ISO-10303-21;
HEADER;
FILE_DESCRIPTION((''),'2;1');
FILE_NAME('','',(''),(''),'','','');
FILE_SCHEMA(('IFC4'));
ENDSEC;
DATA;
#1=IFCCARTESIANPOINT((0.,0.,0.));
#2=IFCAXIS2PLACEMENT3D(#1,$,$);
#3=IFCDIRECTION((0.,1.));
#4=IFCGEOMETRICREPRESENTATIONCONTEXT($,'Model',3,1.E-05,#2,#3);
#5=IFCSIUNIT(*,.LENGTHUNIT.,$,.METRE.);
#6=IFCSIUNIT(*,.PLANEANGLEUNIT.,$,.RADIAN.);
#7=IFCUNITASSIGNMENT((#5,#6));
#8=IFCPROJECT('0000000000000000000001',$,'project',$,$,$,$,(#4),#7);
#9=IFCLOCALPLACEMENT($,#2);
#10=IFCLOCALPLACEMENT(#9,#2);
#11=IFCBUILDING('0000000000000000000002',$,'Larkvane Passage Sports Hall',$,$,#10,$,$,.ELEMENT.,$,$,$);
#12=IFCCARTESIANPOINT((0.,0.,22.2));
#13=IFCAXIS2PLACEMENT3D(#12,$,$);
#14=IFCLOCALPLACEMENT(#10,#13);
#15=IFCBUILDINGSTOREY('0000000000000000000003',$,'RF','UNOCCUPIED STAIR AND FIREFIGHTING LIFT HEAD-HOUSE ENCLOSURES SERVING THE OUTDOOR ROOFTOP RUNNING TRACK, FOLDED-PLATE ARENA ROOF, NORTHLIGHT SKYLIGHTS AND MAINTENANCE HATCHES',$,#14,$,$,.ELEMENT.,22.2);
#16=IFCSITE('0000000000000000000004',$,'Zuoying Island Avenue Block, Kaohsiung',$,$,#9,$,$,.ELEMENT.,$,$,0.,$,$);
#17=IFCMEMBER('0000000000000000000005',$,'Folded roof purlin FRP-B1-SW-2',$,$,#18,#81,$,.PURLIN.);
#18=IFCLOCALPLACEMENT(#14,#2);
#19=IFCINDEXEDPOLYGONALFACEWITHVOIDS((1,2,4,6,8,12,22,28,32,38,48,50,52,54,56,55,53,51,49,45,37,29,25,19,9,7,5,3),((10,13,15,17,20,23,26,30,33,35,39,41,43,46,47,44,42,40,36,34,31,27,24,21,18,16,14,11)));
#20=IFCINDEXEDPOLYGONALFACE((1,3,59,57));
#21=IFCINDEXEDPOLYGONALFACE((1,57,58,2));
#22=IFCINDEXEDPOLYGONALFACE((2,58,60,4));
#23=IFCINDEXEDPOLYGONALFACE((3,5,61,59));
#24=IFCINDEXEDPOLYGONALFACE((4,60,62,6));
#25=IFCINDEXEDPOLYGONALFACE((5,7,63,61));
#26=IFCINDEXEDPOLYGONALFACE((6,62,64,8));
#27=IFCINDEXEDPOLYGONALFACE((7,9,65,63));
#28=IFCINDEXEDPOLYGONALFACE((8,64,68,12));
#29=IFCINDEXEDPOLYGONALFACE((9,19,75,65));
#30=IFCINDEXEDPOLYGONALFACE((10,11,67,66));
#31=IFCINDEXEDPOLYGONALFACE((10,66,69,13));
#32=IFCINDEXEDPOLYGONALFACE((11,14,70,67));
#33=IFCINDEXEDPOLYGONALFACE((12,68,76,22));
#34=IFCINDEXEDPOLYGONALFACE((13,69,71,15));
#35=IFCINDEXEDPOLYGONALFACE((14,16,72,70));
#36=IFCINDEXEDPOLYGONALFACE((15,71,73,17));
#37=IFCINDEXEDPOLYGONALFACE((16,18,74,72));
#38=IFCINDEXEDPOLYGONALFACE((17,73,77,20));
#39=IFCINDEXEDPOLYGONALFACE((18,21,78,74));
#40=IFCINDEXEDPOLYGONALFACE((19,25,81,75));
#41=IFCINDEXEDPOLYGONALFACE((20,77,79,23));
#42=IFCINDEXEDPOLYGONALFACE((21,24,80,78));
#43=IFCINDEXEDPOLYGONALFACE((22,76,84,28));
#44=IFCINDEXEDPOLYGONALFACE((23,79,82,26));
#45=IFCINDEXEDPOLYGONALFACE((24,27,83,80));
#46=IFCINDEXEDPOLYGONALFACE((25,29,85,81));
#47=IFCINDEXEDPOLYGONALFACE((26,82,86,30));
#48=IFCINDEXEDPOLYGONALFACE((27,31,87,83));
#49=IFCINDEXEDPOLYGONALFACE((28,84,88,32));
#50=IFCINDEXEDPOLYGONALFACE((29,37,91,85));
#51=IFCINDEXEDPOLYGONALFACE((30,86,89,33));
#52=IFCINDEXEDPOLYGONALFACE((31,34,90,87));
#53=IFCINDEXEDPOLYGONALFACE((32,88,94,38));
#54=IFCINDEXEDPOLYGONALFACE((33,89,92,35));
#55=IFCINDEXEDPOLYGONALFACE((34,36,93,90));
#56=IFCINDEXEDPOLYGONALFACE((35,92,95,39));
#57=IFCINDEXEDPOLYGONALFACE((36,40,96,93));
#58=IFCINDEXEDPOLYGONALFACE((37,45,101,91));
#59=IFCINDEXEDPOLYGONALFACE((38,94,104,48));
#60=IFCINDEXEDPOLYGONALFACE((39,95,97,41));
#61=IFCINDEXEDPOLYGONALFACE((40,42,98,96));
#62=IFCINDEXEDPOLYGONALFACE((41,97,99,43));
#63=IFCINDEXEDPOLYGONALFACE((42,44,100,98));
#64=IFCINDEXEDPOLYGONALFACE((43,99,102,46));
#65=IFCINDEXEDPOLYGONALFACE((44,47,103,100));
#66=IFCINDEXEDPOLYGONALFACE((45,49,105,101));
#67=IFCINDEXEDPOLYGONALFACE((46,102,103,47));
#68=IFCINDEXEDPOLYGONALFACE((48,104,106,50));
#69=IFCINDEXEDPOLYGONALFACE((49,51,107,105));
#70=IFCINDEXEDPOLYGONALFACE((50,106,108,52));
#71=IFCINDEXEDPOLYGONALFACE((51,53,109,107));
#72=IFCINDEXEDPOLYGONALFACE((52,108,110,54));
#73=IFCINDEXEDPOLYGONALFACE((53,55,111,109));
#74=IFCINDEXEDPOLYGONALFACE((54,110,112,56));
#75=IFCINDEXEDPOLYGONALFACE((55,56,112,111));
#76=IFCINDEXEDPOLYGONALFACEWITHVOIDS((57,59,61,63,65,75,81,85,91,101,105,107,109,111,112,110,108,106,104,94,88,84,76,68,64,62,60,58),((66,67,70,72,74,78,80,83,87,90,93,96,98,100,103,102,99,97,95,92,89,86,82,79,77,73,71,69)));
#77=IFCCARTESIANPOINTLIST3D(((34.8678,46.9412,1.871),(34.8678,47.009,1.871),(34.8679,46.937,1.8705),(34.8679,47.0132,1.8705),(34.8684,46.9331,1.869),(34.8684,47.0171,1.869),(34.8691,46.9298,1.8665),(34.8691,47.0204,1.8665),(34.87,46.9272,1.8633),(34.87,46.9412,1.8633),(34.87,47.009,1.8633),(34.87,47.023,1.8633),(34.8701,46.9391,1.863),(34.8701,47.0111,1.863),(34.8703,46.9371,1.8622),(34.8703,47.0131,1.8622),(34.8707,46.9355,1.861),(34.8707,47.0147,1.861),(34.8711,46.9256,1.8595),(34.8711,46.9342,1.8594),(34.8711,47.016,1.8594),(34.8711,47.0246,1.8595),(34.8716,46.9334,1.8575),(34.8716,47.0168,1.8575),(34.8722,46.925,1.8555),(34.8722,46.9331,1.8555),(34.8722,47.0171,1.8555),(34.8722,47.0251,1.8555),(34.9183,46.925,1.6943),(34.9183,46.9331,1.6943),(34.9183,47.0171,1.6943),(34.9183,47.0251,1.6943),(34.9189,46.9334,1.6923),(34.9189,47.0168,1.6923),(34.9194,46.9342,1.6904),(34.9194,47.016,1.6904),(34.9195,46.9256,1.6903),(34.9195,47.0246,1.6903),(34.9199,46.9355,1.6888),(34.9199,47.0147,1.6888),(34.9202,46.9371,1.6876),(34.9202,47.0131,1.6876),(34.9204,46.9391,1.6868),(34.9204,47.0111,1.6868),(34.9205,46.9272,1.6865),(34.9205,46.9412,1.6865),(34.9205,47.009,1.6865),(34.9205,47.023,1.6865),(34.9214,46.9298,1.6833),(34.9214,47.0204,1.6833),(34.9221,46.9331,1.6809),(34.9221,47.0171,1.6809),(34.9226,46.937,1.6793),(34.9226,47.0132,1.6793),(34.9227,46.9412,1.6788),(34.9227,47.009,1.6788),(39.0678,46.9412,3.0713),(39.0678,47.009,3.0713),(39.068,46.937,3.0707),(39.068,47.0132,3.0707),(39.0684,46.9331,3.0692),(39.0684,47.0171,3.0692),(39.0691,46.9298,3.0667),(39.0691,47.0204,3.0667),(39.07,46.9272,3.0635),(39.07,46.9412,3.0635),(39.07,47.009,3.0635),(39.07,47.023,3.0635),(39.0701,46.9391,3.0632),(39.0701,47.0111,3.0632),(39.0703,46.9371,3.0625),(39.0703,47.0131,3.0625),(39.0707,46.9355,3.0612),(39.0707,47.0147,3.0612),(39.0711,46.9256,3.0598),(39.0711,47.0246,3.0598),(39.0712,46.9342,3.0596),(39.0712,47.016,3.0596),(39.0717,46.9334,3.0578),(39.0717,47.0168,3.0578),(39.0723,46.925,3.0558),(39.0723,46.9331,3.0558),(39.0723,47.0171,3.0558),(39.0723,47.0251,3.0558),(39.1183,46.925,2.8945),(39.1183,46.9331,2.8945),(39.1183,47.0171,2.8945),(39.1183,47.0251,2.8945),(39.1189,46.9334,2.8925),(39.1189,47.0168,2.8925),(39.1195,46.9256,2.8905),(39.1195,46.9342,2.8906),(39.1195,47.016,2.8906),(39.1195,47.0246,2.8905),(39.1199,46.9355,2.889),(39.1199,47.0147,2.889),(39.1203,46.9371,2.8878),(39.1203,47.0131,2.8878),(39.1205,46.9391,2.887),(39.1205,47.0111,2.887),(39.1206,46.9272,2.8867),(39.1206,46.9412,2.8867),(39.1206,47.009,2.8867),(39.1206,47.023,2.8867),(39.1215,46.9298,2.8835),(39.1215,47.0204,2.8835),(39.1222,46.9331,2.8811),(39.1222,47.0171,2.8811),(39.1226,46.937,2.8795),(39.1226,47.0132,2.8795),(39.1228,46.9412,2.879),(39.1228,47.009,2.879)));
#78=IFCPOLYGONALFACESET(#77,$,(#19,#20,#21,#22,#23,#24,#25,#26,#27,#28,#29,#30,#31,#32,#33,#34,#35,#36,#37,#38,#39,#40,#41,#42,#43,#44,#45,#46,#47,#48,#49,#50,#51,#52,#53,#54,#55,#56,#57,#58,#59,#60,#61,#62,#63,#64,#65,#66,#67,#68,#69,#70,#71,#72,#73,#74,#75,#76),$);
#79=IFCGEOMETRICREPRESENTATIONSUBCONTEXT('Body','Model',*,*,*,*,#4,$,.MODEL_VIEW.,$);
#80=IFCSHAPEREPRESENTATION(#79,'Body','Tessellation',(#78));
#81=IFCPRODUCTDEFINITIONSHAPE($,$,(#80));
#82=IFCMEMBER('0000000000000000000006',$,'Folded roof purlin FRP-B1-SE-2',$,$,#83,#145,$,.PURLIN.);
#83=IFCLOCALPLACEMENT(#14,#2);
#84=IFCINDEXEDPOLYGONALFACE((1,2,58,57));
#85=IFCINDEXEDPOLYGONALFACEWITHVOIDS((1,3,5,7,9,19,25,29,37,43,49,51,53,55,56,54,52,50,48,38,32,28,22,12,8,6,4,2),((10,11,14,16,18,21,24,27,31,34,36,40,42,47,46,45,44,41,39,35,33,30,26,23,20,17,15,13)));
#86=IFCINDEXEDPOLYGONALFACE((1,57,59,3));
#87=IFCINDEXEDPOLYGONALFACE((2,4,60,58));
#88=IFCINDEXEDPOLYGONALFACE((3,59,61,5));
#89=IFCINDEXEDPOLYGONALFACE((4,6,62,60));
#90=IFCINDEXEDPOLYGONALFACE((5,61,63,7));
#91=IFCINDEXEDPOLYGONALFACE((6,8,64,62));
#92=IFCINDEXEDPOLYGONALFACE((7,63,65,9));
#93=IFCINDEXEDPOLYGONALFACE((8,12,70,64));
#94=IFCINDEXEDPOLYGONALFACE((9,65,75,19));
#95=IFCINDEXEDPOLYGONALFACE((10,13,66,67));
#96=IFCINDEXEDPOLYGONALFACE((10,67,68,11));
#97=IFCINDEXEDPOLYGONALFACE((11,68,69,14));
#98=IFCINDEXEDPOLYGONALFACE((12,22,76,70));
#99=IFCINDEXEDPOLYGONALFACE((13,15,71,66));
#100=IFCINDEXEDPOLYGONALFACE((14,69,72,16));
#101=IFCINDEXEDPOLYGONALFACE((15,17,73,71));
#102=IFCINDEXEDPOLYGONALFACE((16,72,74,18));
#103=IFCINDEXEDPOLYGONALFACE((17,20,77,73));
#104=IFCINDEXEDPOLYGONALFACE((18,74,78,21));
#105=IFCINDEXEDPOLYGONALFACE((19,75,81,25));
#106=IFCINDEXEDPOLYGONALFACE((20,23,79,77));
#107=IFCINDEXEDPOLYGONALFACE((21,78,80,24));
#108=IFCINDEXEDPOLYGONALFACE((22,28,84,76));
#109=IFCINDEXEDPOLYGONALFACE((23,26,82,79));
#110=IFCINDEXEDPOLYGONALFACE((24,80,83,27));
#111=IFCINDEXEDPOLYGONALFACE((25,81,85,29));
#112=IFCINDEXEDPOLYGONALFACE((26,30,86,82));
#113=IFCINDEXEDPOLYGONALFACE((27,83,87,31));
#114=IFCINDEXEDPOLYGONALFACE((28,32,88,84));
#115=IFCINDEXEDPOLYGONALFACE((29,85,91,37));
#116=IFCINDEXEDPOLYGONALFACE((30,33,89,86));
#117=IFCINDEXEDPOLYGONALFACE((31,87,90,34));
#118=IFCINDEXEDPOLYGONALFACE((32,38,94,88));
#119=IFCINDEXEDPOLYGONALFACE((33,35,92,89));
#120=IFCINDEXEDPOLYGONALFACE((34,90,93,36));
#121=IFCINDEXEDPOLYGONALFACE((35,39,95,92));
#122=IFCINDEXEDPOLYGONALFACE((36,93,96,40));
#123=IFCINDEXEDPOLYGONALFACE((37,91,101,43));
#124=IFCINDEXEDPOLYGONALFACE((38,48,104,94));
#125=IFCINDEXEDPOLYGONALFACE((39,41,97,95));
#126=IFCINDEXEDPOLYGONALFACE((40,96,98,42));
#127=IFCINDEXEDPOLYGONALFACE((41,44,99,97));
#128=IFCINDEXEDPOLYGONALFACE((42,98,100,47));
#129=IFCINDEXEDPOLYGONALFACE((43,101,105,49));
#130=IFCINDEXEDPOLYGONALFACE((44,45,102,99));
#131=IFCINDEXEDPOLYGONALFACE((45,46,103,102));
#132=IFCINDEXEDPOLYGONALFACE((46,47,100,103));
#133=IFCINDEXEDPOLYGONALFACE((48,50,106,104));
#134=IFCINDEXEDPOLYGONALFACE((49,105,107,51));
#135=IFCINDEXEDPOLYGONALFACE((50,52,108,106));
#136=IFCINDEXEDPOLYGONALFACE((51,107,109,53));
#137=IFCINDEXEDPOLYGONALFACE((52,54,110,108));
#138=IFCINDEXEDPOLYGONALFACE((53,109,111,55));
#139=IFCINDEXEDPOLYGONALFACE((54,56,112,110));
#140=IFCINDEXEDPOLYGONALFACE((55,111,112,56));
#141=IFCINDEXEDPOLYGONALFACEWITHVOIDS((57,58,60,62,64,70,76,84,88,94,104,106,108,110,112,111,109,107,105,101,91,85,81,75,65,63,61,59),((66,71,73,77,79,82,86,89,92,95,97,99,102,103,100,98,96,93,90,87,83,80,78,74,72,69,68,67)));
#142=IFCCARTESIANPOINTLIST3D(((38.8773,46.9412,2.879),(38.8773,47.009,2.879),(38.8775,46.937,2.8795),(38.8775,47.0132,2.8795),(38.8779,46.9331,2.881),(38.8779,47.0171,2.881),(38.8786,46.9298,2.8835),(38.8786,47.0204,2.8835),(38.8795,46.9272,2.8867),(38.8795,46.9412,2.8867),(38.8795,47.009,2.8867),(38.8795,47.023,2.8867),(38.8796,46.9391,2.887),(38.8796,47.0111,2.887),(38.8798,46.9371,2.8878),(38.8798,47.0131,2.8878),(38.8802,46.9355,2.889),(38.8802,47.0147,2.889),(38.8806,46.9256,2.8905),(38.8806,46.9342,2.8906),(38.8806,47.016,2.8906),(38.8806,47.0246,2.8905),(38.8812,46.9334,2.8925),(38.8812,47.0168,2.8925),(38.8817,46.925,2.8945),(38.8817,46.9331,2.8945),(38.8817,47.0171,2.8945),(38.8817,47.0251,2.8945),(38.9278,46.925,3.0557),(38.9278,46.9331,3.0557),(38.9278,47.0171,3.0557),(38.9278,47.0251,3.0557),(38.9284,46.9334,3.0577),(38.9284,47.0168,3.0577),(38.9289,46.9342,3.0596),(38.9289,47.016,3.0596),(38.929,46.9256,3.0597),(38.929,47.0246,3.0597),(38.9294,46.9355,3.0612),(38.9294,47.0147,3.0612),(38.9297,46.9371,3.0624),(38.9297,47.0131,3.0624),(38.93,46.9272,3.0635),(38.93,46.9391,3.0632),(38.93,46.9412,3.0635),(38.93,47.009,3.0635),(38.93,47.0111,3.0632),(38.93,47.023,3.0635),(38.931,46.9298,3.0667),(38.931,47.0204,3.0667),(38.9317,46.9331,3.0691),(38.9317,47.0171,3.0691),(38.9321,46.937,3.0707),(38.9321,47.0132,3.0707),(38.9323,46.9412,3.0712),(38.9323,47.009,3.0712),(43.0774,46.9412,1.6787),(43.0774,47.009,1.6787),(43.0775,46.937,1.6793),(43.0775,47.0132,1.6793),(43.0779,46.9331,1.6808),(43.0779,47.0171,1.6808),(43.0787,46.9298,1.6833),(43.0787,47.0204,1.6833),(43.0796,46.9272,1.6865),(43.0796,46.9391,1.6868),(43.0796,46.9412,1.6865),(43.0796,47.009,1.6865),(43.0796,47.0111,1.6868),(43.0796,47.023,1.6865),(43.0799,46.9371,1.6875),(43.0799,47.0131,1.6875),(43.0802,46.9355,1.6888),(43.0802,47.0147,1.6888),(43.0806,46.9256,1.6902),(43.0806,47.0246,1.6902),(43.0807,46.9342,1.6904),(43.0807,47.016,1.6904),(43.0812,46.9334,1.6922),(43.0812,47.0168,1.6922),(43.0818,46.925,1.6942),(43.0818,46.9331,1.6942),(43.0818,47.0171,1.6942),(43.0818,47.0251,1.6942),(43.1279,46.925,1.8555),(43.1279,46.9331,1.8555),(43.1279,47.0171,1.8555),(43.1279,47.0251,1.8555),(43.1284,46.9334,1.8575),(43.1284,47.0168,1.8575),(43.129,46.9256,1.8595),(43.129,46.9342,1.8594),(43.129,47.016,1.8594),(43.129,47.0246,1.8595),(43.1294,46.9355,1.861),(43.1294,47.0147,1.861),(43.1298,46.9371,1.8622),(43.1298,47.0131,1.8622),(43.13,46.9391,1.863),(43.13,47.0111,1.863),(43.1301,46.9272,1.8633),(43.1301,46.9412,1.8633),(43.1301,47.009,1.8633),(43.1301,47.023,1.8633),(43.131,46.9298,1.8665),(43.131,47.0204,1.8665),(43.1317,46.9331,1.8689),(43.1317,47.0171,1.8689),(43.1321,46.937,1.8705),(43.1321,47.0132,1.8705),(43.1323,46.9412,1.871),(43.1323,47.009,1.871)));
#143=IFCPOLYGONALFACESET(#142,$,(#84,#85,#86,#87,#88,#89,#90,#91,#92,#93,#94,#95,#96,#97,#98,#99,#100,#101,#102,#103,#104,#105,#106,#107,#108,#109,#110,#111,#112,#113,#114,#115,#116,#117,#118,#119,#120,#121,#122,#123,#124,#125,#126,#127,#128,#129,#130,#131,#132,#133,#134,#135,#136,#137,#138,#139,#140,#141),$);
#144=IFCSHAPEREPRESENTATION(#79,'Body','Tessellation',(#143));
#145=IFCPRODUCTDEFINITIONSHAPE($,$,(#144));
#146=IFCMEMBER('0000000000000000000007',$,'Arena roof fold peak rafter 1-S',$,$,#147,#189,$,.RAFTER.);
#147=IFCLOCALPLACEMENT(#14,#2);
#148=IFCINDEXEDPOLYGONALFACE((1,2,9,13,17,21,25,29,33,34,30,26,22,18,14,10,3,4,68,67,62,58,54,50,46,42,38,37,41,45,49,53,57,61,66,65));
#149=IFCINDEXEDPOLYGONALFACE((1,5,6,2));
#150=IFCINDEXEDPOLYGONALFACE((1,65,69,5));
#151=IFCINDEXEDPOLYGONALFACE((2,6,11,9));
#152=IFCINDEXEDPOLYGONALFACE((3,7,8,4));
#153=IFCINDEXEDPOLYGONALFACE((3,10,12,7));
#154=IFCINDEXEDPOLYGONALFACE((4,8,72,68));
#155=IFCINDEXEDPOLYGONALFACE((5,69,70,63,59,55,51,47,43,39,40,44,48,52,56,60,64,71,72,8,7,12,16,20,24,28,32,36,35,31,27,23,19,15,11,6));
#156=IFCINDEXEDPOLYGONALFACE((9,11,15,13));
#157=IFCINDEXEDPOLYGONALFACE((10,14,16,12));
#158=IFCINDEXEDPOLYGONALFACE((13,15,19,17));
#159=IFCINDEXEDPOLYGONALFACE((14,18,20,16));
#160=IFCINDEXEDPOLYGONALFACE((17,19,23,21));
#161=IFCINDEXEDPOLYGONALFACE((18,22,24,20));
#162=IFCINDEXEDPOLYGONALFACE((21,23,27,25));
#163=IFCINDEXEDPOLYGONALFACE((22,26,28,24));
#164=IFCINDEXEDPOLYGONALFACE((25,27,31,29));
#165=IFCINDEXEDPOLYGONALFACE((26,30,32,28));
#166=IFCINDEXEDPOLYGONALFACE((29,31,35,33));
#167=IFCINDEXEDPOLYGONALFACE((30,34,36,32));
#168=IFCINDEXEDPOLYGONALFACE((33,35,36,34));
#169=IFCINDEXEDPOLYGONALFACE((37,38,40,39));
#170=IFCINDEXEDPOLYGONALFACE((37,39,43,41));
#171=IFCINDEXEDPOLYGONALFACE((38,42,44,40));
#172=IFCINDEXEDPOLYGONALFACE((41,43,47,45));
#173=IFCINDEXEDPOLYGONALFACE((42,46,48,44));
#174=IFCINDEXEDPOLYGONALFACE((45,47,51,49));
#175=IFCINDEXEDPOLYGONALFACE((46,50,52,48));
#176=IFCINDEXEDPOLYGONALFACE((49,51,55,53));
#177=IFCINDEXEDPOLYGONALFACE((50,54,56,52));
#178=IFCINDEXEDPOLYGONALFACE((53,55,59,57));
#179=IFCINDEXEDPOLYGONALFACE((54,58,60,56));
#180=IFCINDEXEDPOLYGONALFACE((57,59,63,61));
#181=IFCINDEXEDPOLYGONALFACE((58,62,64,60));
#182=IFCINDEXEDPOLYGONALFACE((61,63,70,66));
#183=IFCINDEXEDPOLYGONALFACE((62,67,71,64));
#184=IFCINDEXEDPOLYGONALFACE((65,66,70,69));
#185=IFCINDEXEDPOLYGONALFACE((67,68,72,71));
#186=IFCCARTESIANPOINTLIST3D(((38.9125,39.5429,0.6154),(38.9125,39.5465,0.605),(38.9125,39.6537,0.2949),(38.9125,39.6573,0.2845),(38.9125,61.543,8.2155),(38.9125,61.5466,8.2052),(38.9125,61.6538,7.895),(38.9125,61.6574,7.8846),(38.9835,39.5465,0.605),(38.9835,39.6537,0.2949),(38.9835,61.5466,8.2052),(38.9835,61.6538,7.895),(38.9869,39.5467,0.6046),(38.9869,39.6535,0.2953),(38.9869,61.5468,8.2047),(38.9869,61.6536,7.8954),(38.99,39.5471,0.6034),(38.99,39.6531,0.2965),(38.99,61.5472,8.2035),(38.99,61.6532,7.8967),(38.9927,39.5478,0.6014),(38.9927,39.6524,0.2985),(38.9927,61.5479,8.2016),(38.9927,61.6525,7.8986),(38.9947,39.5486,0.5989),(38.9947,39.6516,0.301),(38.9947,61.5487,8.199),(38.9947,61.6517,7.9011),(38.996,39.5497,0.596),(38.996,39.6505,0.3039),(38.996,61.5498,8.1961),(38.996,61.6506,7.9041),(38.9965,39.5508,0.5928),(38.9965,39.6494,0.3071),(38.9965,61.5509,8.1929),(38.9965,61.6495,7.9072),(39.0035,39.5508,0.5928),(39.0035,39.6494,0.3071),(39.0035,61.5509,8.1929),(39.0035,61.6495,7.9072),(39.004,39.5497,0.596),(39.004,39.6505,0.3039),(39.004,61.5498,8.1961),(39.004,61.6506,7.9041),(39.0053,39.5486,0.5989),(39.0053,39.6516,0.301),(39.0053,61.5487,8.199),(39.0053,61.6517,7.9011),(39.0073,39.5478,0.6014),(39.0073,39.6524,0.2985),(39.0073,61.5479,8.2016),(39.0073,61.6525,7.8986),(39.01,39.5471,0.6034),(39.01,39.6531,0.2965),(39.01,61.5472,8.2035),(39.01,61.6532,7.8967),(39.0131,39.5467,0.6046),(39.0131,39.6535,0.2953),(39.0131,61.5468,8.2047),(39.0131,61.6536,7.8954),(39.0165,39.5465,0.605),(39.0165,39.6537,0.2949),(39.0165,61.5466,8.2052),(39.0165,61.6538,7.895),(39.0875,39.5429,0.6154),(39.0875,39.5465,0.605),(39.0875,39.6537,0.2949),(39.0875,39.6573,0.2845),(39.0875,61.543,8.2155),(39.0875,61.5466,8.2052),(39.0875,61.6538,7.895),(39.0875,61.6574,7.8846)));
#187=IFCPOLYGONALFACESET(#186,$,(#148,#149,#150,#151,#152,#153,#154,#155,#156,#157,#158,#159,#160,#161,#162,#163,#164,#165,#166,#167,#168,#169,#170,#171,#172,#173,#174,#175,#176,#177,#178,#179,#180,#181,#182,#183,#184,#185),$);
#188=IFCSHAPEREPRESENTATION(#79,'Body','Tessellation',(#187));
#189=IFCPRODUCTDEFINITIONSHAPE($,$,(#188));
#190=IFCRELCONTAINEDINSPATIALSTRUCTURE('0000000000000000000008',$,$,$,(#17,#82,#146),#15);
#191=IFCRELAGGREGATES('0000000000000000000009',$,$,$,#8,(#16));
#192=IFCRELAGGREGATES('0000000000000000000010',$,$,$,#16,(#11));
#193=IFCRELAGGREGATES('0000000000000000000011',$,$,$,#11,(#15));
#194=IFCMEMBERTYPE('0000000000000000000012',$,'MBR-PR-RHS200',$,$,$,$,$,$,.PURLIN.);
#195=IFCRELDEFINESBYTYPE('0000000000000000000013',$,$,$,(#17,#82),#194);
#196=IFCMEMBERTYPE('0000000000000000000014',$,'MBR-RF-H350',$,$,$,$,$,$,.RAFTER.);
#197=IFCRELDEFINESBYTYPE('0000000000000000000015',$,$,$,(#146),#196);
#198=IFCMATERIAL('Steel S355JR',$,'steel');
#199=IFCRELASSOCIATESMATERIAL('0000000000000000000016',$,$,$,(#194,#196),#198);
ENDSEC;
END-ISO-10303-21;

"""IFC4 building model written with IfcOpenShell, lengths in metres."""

from ifc_helpers import new_model, si_unit, direction, frame, origin, origin_2d, place, context, subcontext, project, spatial, hollow_rectangle, i_section, extrude, material, material_profile, profile_set, type_object, element, save


model = new_model("IFC4")

# Units and contexts
model_context = context("Model", 3, precision=1e-05, world=origin(), true_north=direction((0.0, 1.0)))
body_context = subcontext(model_context, "Body", "Model", "MODEL_VIEW")
ifc_project = project(units=[si_unit("LENGTHUNIT", "METRE"), si_unit("PLANEANGLEUNIT", "RADIAN")], contexts=[model_context])

# Site, building, storey
site_placement = place(None, origin())
site = spatial("IfcSite", under=ifc_project, at=site_placement, Name="Zuoying Island Avenue Block, Kaohsiung", CompositionType="ELEMENT", RefElevation=0.0)
building_placement = place(site_placement, origin())
building = spatial("IfcBuilding", under=site, at=building_placement, Name="Larkvane Passage Sports Hall", CompositionType="ELEMENT")
storey_placement = place(building_placement, frame((0.0, 0.0, 22.2)))
storey = spatial("IfcBuildingStorey", under=building, at=storey_placement, Name="RF", Description="UNOCCUPIED STAIR AND FIREFIGHTING LIFT HEAD-HOUSE ENCLOSURES SERVING THE OUTDOOR ROOFTOP RUNNING TRACK, FOLDED-PLATE ARENA ROOF, NORTHLIGHT SKYLIGHTS AND MAINTENANCE HATCHES", CompositionType="ELEMENT", Elevation=22.2)

# Members
ifc_material_1 = material(Name="Steel S355JR", Category="steel")
ifc_material_profile_1 = material_profile(ifc_material_1, hollow_rectangle(XDim=0.1001, YDim=0.2, WallThickness=0.0081, InnerFilletRadius=0.0081, OuterFilletRadius=0.0161, at=origin_2d()), Name="RHS-200x100x8")
ifc_profile_set_1 = profile_set([ifc_material_profile_1], Name="Steel S355JR")
member_type_1 = type_object("IfcMemberType", Name="MBR-PR-RHS200", PredefinedType="PURLIN", material=ifc_profile_set_1)
for number, where, z_axis, x_axis, name in (
    (1, (34.8953, 46.9751, 1.7749), (0.961511, 0.0, 0.274765), (0.0, 1.0, 0.0), "Folded roof purlin FRP-B1-SW-2"),
    (2, (38.9048, 46.9751, 2.9751), (0.961511, 0.0, -0.274765), (0.0, 1.0, 0.0), "Folded roof purlin FRP-B1-SE-2"),
):
    element("IfcMember", number, at=place(storey_placement, frame(where, z_axis=z_axis, x_axis=x_axis)), inside=storey, type_object=member_type_1, Name=name, PredefinedType="PURLIN", context=body_context, shape_type="SweptSolid", body=[
        extrude(hollow_rectangle(XDim=0.1001, YDim=0.2, WallThickness=0.0081, InnerFilletRadius=0.0081, OuterFilletRadius=0.0161, at=origin_2d()), origin(), (0.0, 0.0, 1.0), 4.3682),
    ])
ifc_material_profile_2 = material_profile(ifc_material_1, i_section(OverallWidth=0.175, OverallDepth=0.3501, WebThickness=0.0071, FlangeThickness=0.011, FilletRadius=0.0129, at=origin_2d()), Name="H-350x175x7x11")
ifc_profile_set_2 = profile_set([ifc_material_profile_2], Name="Steel S355JR")
member_type_2 = type_object("IfcMemberType", Name="MBR-RF-H350", PredefinedType="RAFTER", material=ifc_profile_set_2)
member_1_placement = place(storey_placement, frame((39.0, 39.6001, 0.45), z_axis=(0.0, 0.945189, 0.326524), x_axis=(-1.0, 0.0, 0.0)))
element("IfcMember", 3, at=member_1_placement, inside=storey, type_object=member_type_2, Name="Arena roof fold peak rafter 1-S", PredefinedType="RAFTER", context=body_context, shape_type="SweptSolid", body=[
    extrude(i_section(OverallWidth=0.175, OverallDepth=0.3501, WebThickness=0.0071, FlangeThickness=0.011, FilletRadius=0.0129, at=origin_2d()), origin(), (0.0, 0.0, 1.0), 23.2759),
])

save(model, "model.ifc")
